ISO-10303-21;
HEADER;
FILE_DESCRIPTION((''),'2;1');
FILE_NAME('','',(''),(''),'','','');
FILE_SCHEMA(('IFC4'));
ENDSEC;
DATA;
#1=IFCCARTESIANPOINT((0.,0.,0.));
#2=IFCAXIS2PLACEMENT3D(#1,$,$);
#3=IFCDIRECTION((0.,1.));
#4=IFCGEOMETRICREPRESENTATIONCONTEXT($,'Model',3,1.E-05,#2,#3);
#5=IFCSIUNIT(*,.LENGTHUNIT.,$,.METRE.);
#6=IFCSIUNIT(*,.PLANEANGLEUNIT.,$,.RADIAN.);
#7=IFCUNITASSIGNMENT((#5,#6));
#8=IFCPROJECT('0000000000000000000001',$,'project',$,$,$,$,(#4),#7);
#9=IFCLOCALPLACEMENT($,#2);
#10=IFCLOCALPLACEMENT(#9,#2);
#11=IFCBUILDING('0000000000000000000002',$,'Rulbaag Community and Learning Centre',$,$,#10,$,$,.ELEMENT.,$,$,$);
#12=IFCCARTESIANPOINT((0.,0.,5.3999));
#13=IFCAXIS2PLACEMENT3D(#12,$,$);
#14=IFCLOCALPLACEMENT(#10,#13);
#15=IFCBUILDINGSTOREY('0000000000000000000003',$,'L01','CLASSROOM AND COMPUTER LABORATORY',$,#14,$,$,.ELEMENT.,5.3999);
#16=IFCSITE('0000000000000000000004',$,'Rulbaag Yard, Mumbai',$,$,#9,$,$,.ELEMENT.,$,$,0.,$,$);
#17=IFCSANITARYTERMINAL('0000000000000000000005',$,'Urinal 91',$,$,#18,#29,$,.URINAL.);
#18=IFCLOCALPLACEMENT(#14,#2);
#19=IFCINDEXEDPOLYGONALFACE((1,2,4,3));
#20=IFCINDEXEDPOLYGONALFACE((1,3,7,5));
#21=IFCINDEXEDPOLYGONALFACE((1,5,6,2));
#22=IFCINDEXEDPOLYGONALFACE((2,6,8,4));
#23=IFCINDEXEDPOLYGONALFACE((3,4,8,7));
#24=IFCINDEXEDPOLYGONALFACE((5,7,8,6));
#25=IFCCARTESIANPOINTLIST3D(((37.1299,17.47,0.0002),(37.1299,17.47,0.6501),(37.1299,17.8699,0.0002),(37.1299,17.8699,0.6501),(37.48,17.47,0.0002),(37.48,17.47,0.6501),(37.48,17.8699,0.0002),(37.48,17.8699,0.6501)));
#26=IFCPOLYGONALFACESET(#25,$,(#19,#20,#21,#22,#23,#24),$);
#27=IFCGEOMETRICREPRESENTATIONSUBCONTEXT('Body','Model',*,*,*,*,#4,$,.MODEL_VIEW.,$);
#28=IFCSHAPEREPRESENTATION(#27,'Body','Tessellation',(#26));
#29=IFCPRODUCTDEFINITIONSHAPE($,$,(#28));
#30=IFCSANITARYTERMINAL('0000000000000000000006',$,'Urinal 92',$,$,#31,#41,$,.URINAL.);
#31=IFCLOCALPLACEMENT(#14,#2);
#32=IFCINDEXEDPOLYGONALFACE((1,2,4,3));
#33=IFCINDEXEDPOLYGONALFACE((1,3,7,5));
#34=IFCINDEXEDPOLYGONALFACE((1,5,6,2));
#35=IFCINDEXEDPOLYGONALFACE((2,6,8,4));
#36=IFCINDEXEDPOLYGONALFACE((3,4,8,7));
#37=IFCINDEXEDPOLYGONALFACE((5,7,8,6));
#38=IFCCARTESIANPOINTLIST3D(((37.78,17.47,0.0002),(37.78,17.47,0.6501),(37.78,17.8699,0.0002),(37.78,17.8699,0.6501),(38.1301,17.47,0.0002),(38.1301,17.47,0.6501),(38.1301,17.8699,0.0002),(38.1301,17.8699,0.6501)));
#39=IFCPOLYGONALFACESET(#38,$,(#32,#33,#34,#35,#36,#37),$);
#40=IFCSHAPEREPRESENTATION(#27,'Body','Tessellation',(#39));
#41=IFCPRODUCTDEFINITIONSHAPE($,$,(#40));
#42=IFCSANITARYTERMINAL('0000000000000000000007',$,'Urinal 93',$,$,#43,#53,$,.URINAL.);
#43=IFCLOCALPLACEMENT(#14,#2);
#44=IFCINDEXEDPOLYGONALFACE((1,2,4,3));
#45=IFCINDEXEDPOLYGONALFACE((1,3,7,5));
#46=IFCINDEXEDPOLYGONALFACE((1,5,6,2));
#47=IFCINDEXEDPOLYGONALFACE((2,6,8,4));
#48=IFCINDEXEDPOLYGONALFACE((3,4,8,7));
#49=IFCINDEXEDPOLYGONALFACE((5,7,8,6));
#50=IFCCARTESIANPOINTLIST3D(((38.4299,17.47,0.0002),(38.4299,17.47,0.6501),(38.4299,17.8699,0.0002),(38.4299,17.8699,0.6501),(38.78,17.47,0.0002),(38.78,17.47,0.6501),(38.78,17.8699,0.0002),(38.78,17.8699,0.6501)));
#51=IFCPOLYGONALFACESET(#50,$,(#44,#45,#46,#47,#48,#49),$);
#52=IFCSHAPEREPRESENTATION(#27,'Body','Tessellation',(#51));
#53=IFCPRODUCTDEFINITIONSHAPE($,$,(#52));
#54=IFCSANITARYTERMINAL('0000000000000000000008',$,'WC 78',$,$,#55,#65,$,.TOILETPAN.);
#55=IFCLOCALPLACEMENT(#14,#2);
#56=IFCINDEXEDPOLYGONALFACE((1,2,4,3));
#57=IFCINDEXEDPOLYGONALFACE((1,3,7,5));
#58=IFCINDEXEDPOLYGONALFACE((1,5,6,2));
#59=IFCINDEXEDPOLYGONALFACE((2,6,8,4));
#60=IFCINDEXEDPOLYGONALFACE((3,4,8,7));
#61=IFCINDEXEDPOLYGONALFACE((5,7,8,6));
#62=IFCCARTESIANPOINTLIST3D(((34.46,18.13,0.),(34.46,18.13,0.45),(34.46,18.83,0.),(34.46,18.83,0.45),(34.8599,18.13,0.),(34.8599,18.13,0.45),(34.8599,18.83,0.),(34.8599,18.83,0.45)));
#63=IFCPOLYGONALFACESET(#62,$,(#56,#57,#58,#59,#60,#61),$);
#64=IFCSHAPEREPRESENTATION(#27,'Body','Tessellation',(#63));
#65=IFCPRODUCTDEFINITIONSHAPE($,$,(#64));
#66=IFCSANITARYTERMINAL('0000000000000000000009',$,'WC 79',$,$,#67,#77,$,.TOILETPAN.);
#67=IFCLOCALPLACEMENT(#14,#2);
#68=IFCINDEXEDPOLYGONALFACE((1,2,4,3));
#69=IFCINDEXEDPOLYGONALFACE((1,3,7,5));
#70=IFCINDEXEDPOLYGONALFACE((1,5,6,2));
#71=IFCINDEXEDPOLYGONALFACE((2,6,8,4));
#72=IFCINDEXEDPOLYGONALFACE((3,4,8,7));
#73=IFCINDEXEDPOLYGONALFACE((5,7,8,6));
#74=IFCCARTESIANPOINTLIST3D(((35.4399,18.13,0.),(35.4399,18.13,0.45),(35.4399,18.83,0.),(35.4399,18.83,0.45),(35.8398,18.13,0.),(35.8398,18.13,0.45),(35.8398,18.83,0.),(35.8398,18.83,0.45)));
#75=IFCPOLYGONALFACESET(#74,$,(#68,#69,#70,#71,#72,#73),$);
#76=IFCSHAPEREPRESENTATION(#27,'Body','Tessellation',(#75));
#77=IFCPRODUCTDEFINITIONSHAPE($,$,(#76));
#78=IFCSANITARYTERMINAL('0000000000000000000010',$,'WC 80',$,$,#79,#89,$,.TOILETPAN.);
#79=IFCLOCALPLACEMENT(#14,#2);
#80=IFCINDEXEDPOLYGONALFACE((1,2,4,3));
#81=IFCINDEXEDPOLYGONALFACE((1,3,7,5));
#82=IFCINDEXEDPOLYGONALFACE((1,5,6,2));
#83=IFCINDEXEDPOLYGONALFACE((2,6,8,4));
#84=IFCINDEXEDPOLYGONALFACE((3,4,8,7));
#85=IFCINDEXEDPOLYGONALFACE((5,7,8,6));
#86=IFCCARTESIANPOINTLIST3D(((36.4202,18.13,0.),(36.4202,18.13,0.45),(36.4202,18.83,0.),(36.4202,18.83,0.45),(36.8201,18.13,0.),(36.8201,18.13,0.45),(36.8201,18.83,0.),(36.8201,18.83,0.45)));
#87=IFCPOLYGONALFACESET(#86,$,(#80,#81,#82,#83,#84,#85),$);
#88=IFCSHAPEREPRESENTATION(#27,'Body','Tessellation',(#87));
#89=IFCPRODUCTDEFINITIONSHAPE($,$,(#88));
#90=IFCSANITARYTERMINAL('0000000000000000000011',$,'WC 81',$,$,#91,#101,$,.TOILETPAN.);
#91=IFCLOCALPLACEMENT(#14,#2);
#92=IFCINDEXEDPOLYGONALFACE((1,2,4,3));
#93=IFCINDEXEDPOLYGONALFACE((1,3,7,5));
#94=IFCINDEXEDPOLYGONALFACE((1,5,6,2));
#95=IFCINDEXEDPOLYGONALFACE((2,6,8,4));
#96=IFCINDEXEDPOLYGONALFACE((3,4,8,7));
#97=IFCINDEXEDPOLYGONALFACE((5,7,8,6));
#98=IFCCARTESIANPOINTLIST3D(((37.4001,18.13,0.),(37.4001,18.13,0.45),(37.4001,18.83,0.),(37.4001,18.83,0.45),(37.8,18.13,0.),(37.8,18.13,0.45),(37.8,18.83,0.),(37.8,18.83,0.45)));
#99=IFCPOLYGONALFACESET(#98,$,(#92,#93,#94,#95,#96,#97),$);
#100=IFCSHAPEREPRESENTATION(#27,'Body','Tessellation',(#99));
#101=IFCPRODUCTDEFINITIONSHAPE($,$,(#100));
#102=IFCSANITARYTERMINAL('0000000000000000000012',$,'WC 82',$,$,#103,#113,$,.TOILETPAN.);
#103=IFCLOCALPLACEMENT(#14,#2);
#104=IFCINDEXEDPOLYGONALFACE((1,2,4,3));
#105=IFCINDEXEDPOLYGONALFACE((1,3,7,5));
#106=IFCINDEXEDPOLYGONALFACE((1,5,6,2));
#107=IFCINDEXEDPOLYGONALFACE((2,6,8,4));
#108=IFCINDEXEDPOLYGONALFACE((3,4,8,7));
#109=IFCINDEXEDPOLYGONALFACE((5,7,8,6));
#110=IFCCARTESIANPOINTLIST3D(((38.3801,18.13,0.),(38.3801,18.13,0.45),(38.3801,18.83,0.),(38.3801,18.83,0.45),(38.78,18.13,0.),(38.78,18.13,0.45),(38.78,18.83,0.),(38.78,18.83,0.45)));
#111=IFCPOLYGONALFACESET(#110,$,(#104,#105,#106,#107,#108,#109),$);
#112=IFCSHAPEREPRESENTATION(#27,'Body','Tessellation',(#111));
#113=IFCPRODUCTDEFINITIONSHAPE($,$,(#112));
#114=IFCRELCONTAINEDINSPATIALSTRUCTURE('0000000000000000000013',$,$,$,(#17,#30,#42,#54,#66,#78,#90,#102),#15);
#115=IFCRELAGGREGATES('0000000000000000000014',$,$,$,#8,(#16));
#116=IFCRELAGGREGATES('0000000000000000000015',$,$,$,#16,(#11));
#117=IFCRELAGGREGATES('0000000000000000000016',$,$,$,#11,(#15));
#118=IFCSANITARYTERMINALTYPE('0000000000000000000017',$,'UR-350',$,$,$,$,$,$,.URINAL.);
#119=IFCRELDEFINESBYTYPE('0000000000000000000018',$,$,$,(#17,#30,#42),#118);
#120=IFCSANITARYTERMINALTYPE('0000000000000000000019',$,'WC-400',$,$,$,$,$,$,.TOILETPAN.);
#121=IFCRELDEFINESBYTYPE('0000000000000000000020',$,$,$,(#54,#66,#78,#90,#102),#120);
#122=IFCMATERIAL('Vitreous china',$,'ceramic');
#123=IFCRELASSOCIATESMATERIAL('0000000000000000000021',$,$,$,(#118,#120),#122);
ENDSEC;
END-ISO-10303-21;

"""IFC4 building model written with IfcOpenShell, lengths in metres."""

from ifc_helpers import new_model, si_unit, direction, frame, origin, origin_2d, place, context, subcontext, project, spatial, rectangle, extrude, material, type_object, element, save


model = new_model("IFC4")

# Units and contexts
model_context = context("Model", 3, precision=1e-05, world=origin(), true_north=direction((0.0, 1.0)))
body_context = subcontext(model_context, "Body", "Model", "MODEL_VIEW")
ifc_project = project(units=[si_unit("LENGTHUNIT", "METRE"), si_unit("PLANEANGLEUNIT", "RADIAN")], contexts=[model_context])

# Site, building, storey
site_placement = place(None, origin())
site = spatial("IfcSite", under=ifc_project, at=site_placement, Name="Rulbaag Yard, Mumbai", CompositionType="ELEMENT", RefElevation=0.0)
building_placement = place(site_placement, origin())
building = spatial("IfcBuilding", under=site, at=building_placement, Name="Rulbaag Community and Learning Centre", CompositionType="ELEMENT")
storey_placement = place(building_placement, frame((0.0, 0.0, 5.3999)))
storey = spatial("IfcBuildingStorey", under=building, at=storey_placement, Name="L01", Description="CLASSROOM AND COMPUTER LABORATORY", CompositionType="ELEMENT", Elevation=5.3999)

# Sanitary terminals
ifc_material_1 = material(Name="Vitreous china", Category="ceramic")
sanitary_terminal_type_1 = type_object("IfcSanitaryTerminalType", Name="UR-350", PredefinedType="URINAL", material=ifc_material_1)
for number, where, z_axis, x_axis, name in (
    (1, (37.3049, 17.6699, 0.0002), (0.0, 0.0, 1.0), (1.0, 0.0, 0.0), "Urinal 91"),
    (2, (37.9551, 17.6699, 0.0002), (0.0, 0.0, 1.0), (1.0, 0.0, 0.0), "Urinal 92"),
    (3, (38.605, 17.6699, 0.0002), (0.0, 0.0, 1.0), (1.0, 0.0, 0.0), "Urinal 93"),
):
    element("IfcSanitaryTerminal", number, at=place(storey_placement, frame(where, z_axis=z_axis, x_axis=x_axis)), inside=storey, type_object=sanitary_terminal_type_1, Name=name, PredefinedType="URINAL", context=body_context, shape_type="SweptSolid", body=[
        extrude(rectangle(XDim=0.3501, YDim=0.3999, at=origin_2d()), origin(), (0.0, 0.0, 1.0), 0.6499),
    ])
sanitary_terminal_type_2 = type_object("IfcSanitaryTerminalType", Name="WC-400", PredefinedType="TOILETPAN", material=ifc_material_1)
for number, where, z_axis, x_axis, name in (
    (4, (34.6599, 18.48, 0.0), (0.0, 0.0, 1.0), (1.0, 0.0, 0.0), "WC 78"),
    (5, (35.6399, 18.48, 0.0), (0.0, 0.0, 1.0), (1.0, 0.0, 0.0), "WC 79"),
    (6, (36.6201, 18.48, 0.0), (0.0, 0.0, 1.0), (1.0, 0.0, 0.0), "WC 80"),
    (7, (37.6001, 18.48, 0.0), (0.0, 0.0, 1.0), (1.0, 0.0, 0.0), "WC 81"),
    (8, (38.5801, 18.48, 0.0), (0.0, 0.0, 1.0), (1.0, 0.0, 0.0), "WC 82"),
):
    element("IfcSanitaryTerminal", number, at=place(storey_placement, frame(where, z_axis=z_axis, x_axis=x_axis)), inside=storey, type_object=sanitary_terminal_type_2, Name=name, PredefinedType="TOILETPAN", context=body_context, shape_type="SweptSolid", body=[
        extrude(rectangle(XDim=0.3999, YDim=0.7, at=origin_2d()), origin(), (0.0, 0.0, 1.0), 0.45),
    ])

save(model, "model.ifc")
